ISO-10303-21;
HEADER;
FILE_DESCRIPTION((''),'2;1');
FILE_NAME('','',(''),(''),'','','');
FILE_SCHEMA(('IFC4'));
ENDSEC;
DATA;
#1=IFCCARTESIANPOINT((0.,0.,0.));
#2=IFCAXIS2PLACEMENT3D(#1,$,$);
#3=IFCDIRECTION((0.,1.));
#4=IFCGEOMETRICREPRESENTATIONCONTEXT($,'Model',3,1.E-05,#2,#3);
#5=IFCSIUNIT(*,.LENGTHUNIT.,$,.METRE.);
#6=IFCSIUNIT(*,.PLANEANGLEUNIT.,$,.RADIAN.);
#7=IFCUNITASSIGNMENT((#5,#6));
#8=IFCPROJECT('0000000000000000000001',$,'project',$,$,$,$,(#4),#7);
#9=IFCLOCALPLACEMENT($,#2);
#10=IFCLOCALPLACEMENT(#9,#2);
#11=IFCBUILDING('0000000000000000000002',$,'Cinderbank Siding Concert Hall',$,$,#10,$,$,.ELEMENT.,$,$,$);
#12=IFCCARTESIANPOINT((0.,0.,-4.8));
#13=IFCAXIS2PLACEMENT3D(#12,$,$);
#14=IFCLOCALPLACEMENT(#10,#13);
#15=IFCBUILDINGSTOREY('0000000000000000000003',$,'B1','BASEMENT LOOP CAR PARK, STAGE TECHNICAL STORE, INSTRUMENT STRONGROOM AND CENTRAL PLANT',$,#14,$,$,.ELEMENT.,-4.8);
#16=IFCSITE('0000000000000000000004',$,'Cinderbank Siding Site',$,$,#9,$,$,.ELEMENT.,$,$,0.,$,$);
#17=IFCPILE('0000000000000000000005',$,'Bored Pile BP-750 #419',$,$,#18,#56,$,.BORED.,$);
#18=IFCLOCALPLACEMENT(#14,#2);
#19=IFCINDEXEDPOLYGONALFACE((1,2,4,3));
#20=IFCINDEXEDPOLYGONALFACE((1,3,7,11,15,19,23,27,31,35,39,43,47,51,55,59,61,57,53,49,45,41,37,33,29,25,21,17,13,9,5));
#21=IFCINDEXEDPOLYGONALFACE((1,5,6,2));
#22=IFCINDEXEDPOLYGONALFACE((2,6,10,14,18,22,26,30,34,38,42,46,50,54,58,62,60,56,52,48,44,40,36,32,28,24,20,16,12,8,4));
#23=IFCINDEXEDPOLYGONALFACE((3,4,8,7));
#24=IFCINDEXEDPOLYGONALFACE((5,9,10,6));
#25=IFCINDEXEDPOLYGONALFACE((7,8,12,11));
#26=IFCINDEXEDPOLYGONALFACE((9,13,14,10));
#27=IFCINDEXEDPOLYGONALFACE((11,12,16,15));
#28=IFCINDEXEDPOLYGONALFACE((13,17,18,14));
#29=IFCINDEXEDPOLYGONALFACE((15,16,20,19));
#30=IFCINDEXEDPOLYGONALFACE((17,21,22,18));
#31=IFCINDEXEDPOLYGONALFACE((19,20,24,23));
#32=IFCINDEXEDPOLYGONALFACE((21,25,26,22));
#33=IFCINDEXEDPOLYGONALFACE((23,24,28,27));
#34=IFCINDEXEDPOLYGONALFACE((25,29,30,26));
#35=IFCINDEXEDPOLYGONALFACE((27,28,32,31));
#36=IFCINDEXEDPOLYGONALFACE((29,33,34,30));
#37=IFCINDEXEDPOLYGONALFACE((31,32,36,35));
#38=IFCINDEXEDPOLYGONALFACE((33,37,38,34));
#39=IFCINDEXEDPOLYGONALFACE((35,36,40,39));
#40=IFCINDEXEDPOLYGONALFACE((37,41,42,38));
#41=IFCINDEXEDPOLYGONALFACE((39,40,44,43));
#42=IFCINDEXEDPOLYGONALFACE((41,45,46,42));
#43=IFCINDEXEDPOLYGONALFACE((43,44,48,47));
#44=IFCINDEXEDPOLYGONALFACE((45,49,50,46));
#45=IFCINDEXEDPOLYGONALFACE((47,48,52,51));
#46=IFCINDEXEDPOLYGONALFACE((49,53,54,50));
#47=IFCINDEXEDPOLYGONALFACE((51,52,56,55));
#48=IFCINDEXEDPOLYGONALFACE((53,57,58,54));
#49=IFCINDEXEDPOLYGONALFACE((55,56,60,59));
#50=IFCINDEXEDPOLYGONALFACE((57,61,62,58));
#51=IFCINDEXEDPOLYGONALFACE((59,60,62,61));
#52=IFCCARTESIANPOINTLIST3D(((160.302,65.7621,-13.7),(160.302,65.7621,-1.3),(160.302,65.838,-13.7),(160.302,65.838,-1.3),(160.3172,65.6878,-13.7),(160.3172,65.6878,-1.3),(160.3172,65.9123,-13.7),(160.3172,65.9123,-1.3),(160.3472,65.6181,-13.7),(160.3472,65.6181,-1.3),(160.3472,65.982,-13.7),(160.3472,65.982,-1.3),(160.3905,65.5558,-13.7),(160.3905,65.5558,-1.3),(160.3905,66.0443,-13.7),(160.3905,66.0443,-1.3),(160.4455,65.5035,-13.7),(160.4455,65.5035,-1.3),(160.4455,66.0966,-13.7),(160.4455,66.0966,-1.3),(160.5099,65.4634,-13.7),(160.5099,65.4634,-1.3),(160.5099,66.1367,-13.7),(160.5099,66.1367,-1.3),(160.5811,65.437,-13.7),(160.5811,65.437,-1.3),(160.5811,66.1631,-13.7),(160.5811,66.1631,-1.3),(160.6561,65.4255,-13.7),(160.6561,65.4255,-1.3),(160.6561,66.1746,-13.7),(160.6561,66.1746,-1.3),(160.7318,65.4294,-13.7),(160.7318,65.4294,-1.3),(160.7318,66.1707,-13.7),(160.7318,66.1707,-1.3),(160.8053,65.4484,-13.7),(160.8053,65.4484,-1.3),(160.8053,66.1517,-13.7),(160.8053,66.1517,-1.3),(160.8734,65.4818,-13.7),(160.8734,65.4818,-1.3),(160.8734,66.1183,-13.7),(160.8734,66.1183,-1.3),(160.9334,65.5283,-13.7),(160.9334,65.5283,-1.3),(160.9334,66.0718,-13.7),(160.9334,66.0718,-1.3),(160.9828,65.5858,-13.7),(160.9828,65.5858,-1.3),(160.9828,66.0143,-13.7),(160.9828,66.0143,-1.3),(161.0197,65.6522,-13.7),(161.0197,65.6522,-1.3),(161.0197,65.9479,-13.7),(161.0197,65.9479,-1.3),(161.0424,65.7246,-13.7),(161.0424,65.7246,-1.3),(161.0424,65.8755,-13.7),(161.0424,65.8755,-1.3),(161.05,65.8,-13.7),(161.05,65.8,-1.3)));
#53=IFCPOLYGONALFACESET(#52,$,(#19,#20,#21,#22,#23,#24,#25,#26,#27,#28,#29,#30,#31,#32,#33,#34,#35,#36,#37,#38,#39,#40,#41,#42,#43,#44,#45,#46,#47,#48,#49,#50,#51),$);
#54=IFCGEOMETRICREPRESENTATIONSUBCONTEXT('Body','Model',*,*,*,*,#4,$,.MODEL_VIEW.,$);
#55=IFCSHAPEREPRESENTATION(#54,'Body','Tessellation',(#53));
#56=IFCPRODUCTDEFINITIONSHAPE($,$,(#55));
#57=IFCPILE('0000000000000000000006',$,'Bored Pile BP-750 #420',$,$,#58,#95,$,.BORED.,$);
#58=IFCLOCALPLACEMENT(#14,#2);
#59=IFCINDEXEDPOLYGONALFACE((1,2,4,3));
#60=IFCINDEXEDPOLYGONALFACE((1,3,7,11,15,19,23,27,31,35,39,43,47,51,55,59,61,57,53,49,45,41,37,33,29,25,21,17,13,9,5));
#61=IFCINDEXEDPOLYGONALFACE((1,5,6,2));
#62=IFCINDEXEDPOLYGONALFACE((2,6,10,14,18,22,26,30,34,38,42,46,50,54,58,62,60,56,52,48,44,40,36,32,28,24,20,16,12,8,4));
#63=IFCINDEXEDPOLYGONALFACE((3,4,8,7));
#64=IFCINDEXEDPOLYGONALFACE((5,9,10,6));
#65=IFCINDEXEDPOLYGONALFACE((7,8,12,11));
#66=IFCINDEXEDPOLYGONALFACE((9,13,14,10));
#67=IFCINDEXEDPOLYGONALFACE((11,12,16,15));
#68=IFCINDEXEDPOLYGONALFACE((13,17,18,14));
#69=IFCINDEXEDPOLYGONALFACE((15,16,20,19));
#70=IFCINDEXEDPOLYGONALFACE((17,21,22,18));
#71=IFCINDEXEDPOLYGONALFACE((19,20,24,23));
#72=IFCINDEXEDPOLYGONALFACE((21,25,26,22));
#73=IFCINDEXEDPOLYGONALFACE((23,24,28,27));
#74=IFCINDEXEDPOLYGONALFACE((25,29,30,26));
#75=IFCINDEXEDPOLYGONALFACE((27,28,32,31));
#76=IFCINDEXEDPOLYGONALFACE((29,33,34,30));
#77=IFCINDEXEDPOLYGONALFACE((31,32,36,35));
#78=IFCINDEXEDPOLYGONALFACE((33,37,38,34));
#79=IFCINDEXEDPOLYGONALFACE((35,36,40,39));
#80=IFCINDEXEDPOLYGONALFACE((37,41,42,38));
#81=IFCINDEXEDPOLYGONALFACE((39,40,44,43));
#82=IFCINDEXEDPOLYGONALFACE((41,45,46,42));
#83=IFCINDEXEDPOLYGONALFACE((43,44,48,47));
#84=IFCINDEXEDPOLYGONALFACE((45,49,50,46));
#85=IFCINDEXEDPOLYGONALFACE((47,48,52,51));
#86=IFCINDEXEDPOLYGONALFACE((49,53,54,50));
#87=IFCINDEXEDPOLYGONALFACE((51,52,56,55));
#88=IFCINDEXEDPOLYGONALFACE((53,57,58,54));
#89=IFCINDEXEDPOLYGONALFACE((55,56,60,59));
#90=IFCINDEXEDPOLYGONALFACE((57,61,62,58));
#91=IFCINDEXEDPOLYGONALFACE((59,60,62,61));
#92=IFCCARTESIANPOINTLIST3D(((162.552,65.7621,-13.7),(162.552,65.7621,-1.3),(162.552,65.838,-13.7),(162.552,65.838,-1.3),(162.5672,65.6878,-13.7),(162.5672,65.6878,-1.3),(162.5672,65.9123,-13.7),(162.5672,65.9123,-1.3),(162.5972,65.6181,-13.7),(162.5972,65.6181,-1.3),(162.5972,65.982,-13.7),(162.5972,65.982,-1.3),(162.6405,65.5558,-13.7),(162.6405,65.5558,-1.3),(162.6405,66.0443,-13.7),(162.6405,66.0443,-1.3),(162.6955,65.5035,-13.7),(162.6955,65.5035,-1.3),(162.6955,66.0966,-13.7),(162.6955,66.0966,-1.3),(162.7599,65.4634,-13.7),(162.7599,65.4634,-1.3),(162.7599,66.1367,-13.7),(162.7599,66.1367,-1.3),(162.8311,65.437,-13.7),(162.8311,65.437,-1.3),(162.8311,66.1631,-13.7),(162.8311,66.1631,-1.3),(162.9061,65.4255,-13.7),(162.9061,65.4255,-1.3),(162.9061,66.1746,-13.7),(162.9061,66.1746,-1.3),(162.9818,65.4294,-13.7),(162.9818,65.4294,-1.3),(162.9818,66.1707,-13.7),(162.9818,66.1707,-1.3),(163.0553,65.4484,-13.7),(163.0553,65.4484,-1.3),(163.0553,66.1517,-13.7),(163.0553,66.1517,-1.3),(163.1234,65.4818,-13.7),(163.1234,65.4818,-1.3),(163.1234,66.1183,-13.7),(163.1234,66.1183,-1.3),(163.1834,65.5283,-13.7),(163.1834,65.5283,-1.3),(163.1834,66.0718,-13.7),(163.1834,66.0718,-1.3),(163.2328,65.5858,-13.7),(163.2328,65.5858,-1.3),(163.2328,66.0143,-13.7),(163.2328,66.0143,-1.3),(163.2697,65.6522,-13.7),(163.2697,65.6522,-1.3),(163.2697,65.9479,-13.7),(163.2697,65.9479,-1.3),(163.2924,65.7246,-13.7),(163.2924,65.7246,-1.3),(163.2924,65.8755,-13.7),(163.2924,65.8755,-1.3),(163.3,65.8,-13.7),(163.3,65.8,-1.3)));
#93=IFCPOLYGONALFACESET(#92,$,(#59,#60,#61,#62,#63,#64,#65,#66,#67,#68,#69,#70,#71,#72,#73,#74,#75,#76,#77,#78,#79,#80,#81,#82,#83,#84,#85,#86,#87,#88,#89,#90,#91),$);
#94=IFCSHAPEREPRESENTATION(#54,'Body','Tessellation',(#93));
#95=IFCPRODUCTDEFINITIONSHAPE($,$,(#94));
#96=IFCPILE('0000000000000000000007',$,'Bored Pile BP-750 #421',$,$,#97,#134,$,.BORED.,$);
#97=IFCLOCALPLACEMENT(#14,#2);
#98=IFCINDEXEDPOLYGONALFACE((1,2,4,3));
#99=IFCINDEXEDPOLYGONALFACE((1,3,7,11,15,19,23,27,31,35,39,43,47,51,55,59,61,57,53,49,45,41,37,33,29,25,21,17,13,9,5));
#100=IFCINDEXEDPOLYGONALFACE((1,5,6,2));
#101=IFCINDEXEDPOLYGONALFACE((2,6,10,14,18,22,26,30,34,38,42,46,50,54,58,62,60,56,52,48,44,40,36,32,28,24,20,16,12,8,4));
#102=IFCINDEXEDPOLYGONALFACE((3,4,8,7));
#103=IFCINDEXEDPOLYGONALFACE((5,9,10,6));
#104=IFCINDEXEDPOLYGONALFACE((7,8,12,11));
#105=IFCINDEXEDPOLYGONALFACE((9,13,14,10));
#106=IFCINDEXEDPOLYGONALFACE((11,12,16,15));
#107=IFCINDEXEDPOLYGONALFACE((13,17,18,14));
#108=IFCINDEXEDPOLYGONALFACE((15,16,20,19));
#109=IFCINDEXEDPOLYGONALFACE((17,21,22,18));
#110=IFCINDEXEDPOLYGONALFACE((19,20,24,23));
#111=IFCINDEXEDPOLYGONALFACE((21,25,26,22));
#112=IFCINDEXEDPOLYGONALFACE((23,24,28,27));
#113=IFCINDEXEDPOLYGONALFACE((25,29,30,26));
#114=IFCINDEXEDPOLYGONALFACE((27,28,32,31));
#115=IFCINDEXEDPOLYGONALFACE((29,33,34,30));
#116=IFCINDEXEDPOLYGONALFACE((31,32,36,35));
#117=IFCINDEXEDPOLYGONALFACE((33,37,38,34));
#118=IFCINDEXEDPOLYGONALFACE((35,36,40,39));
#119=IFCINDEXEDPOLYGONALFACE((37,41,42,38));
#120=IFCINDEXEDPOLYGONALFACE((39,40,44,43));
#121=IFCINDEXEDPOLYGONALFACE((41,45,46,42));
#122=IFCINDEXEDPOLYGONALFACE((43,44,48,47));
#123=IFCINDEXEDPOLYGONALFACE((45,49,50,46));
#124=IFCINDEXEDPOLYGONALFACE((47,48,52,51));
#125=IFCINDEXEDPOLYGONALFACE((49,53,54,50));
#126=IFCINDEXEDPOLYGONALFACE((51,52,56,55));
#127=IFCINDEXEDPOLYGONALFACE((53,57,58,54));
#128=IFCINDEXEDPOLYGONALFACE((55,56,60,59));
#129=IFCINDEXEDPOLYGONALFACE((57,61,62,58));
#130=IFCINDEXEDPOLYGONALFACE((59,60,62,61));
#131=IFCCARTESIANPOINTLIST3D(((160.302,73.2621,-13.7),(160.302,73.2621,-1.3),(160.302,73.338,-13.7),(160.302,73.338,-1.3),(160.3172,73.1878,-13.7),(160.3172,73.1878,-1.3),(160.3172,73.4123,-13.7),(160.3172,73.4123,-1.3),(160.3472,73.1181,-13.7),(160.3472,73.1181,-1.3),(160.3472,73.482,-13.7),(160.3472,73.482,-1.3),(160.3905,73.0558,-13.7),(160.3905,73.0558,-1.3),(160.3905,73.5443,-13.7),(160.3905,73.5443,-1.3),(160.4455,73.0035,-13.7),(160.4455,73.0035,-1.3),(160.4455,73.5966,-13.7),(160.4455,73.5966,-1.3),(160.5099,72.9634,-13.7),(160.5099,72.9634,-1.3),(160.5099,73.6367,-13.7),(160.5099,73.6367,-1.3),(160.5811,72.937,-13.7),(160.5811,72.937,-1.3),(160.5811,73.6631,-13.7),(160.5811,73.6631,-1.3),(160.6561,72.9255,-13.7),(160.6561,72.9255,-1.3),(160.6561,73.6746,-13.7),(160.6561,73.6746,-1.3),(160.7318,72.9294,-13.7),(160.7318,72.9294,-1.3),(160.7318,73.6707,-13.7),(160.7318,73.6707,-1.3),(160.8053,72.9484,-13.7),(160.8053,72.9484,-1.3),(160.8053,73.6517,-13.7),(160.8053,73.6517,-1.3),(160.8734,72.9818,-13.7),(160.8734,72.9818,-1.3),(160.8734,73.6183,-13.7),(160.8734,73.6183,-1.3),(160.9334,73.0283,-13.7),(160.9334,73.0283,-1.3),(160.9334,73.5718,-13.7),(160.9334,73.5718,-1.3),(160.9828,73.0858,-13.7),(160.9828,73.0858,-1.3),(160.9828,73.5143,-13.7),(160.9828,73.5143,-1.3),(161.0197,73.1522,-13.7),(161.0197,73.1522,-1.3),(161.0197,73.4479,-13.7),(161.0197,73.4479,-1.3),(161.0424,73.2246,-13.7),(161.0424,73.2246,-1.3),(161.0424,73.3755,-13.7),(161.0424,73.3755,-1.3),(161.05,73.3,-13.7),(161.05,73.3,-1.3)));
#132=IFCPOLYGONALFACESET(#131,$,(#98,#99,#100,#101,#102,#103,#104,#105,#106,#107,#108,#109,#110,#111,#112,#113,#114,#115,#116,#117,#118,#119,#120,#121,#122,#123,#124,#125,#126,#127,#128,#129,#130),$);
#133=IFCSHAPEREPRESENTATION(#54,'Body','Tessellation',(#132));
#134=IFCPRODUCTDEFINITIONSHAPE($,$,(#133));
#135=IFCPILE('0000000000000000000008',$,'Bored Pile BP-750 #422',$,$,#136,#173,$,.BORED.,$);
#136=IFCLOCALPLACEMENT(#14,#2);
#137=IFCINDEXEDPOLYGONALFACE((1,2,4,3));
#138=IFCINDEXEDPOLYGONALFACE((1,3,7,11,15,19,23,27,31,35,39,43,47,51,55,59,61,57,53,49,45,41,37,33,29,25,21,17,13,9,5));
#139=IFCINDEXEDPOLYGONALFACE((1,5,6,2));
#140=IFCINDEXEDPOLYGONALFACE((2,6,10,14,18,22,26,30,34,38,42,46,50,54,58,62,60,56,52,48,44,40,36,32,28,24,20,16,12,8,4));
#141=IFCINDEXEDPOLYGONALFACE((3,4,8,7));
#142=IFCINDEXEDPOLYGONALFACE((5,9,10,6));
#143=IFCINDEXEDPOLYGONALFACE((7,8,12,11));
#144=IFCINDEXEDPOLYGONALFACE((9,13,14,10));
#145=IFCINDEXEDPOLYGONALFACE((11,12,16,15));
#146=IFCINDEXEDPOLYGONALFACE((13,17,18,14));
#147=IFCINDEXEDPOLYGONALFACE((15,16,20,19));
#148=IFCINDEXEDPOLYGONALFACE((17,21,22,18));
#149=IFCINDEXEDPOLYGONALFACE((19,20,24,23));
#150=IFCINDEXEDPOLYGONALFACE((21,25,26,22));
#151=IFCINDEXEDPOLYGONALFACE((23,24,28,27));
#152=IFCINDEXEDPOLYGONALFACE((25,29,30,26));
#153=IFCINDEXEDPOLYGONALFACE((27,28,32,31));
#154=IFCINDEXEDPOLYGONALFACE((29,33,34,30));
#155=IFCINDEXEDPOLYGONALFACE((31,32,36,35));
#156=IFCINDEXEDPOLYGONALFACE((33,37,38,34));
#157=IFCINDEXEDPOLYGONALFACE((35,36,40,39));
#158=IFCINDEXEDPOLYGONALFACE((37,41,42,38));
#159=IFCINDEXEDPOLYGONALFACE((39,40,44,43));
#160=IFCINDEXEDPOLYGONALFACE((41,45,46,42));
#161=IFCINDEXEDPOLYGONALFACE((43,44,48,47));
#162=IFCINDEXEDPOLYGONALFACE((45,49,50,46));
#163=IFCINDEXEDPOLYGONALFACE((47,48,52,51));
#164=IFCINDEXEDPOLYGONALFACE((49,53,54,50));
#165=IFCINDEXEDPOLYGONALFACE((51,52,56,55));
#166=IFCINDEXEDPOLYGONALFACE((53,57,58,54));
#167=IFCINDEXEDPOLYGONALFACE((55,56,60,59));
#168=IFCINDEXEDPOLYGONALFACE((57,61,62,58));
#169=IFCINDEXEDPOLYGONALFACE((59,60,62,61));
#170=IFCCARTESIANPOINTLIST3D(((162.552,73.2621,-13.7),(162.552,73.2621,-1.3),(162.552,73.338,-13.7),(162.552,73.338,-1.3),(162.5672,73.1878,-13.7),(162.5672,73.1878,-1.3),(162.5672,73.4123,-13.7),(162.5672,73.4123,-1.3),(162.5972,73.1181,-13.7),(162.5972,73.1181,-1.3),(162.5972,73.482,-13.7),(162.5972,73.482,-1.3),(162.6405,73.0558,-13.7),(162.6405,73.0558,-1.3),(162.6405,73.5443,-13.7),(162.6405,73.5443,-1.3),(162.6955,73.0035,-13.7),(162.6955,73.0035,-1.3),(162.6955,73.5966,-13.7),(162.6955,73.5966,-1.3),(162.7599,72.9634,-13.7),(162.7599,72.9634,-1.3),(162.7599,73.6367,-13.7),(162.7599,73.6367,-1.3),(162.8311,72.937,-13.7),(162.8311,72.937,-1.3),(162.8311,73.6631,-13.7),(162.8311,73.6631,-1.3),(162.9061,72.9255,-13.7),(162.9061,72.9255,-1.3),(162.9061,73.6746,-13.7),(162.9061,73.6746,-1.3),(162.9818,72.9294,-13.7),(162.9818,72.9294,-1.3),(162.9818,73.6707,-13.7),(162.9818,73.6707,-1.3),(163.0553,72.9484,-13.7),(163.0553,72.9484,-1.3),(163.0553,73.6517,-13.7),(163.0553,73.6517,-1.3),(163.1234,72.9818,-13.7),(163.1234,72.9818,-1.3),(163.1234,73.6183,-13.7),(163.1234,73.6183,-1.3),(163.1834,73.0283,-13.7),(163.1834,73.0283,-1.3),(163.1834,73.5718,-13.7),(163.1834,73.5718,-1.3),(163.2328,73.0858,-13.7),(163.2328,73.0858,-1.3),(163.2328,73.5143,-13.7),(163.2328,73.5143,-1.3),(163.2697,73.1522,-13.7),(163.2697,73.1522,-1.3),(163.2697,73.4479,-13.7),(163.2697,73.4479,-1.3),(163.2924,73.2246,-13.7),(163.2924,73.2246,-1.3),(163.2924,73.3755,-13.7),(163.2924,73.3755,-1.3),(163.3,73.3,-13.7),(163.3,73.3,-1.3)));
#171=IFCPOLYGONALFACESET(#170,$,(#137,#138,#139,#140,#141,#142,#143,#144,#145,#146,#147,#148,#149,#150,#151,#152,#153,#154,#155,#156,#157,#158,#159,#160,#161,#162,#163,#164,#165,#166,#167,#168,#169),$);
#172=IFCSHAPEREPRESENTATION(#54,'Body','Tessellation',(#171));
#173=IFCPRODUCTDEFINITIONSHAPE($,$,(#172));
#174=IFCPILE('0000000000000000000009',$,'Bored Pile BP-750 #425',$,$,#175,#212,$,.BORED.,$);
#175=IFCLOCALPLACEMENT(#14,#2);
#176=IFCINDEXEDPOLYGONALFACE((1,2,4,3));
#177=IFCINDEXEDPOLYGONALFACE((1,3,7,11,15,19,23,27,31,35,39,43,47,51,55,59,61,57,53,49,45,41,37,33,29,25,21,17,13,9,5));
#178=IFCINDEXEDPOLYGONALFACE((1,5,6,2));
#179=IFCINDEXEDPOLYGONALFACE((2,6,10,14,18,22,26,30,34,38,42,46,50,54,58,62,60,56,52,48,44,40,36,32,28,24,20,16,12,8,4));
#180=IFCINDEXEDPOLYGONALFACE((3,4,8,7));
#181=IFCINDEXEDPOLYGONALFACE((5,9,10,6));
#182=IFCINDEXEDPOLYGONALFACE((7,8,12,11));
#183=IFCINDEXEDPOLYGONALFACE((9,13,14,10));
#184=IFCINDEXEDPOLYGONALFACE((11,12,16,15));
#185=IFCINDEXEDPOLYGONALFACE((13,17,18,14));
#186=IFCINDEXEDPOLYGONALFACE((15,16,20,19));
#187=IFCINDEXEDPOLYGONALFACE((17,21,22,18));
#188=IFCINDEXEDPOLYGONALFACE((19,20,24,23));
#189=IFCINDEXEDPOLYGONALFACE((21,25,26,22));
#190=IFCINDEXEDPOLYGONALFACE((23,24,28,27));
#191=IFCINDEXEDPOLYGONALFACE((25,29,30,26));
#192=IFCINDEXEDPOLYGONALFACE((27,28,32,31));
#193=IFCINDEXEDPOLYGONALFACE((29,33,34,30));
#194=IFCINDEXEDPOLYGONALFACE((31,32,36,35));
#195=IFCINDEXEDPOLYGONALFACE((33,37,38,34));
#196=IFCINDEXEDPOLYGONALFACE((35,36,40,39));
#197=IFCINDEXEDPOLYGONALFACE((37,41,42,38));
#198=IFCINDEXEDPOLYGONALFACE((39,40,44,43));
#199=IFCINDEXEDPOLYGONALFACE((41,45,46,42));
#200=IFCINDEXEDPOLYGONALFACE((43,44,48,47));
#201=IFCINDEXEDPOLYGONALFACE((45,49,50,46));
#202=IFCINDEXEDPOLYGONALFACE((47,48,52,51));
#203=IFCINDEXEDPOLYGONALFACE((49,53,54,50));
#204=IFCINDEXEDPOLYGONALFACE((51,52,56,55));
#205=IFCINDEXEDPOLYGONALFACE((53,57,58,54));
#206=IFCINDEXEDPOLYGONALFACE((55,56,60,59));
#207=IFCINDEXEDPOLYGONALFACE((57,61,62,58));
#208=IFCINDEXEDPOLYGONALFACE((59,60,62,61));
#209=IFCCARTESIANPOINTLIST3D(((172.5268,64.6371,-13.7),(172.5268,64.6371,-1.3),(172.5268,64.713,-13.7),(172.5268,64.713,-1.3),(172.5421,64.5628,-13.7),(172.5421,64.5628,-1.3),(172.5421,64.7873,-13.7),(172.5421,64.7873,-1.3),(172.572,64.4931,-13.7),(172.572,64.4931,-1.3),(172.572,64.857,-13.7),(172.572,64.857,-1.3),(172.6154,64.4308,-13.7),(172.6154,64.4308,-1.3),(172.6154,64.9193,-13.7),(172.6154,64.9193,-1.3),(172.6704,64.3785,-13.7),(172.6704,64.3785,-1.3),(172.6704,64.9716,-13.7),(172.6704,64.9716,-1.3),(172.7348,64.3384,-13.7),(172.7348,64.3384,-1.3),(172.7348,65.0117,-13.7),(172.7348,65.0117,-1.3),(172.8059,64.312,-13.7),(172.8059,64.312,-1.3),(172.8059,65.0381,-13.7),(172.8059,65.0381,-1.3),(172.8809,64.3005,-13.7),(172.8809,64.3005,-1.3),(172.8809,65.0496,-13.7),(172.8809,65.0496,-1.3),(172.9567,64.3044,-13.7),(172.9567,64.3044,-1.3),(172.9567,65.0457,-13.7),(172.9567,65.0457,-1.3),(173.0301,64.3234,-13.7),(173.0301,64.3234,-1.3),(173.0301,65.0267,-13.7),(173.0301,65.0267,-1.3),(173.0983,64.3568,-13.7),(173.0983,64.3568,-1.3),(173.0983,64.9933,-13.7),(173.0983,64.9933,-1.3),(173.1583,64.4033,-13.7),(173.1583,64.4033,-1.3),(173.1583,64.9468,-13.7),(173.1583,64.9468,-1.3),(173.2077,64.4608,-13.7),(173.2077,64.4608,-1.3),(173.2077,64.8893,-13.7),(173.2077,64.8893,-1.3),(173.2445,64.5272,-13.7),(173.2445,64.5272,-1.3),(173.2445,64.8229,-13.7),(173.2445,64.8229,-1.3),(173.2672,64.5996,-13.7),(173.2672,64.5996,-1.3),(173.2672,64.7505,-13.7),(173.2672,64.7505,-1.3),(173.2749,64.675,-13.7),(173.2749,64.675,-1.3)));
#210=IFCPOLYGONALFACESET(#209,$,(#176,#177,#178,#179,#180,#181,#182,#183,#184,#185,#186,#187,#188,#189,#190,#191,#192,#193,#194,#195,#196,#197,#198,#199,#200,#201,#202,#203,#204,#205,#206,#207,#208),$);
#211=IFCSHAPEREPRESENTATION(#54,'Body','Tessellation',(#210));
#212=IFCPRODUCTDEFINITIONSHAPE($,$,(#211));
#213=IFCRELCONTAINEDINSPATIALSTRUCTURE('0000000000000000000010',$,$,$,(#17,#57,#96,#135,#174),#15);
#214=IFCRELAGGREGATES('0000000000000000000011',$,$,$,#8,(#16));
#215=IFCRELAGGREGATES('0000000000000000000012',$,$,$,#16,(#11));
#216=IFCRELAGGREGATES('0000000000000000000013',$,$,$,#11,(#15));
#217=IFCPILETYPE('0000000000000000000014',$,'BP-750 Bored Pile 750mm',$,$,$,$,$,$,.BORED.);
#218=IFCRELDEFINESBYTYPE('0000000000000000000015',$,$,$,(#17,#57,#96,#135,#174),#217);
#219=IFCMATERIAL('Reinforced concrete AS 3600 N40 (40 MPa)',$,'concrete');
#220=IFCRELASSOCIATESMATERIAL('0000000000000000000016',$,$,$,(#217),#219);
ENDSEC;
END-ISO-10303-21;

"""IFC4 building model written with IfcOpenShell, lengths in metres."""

from ifc_helpers import new_model, si_unit, direction, frame, origin, origin_2d, place, context, subcontext, project, spatial, circle, extrude, material, material_profile, profile_set, type_object, element, save


model = new_model("IFC4")

# Units and contexts
model_context = context("Model", 3, precision=1e-05, world=origin(), true_north=direction((0.0, 1.0)))
body_context = subcontext(model_context, "Body", "Model", "MODEL_VIEW")
ifc_project = project(units=[si_unit("LENGTHUNIT", "METRE"), si_unit("PLANEANGLEUNIT", "RADIAN")], contexts=[model_context])

# Site, building, storey
site_placement = place(None, origin())
site = spatial("IfcSite", under=ifc_project, at=site_placement, Name="Cinderbank Siding Site", CompositionType="ELEMENT", RefElevation=0.0)
building_placement = place(site_placement, origin())
building = spatial("IfcBuilding", under=site, at=building_placement, Name="Cinderbank Siding Concert Hall", CompositionType="ELEMENT")
storey_placement = place(building_placement, frame((0.0, 0.0, -4.8)))
storey = spatial("IfcBuildingStorey", under=building, at=storey_placement, Name="B1", Description="BASEMENT LOOP CAR PARK, STAGE TECHNICAL STORE, INSTRUMENT STRONGROOM AND CENTRAL PLANT", CompositionType="ELEMENT", Elevation=-4.8)

# Piles
ifc_material_1 = material(Name="Reinforced concrete AS 3600 N40 (40 MPa)", Category="concrete")
ifc_material_profile_1 = material_profile(ifc_material_1, circle(Radius=0.375, at=origin_2d()), Name="PILE-750DIA", Category="LoadBearing")
ifc_profile_set_1 = profile_set([ifc_material_profile_1], Name="Reinforced concrete AS 3600 N40 (40 MPa)")
pile_type = type_object("IfcPileType", Name="BP-750 Bored Pile 750mm", PredefinedType="BORED", material=ifc_profile_set_1)
for number, where, z_axis, x_axis, name in (
    (1, (160.675, 65.8, -1.3), (0.0, 0.0, -1.0), (1.0, 0.0, 0.0), "Bored Pile BP-750 #419"),
    (2, (162.925, 65.8, -1.3), (0.0, 0.0, -1.0), (1.0, 0.0, 0.0), "Bored Pile BP-750 #420"),
    (3, (160.675, 73.3, -1.3), (0.0, 0.0, -1.0), (1.0, 0.0, 0.0), "Bored Pile BP-750 #421"),
    (4, (162.925, 73.3, -1.3), (0.0, 0.0, -1.0), (1.0, 0.0, 0.0), "Bored Pile BP-750 #422"),
    (5, (172.8999, 64.675, -1.3), (0.0, 0.0, -1.0), (1.0, 0.0, 0.0), "Bored Pile BP-750 #425"),
):
    element("IfcPile", number, at=place(storey_placement, frame(where, z_axis=z_axis, x_axis=x_axis)), inside=storey, type_object=pile_type, Name=name, PredefinedType="BORED", context=body_context, shape_type="SweptSolid", body=[
        extrude(circle(Radius=0.375, at=origin_2d()), origin(), (0.0, 0.0, 1.0), 12.3999),
    ])

save(model, "model.ifc")
